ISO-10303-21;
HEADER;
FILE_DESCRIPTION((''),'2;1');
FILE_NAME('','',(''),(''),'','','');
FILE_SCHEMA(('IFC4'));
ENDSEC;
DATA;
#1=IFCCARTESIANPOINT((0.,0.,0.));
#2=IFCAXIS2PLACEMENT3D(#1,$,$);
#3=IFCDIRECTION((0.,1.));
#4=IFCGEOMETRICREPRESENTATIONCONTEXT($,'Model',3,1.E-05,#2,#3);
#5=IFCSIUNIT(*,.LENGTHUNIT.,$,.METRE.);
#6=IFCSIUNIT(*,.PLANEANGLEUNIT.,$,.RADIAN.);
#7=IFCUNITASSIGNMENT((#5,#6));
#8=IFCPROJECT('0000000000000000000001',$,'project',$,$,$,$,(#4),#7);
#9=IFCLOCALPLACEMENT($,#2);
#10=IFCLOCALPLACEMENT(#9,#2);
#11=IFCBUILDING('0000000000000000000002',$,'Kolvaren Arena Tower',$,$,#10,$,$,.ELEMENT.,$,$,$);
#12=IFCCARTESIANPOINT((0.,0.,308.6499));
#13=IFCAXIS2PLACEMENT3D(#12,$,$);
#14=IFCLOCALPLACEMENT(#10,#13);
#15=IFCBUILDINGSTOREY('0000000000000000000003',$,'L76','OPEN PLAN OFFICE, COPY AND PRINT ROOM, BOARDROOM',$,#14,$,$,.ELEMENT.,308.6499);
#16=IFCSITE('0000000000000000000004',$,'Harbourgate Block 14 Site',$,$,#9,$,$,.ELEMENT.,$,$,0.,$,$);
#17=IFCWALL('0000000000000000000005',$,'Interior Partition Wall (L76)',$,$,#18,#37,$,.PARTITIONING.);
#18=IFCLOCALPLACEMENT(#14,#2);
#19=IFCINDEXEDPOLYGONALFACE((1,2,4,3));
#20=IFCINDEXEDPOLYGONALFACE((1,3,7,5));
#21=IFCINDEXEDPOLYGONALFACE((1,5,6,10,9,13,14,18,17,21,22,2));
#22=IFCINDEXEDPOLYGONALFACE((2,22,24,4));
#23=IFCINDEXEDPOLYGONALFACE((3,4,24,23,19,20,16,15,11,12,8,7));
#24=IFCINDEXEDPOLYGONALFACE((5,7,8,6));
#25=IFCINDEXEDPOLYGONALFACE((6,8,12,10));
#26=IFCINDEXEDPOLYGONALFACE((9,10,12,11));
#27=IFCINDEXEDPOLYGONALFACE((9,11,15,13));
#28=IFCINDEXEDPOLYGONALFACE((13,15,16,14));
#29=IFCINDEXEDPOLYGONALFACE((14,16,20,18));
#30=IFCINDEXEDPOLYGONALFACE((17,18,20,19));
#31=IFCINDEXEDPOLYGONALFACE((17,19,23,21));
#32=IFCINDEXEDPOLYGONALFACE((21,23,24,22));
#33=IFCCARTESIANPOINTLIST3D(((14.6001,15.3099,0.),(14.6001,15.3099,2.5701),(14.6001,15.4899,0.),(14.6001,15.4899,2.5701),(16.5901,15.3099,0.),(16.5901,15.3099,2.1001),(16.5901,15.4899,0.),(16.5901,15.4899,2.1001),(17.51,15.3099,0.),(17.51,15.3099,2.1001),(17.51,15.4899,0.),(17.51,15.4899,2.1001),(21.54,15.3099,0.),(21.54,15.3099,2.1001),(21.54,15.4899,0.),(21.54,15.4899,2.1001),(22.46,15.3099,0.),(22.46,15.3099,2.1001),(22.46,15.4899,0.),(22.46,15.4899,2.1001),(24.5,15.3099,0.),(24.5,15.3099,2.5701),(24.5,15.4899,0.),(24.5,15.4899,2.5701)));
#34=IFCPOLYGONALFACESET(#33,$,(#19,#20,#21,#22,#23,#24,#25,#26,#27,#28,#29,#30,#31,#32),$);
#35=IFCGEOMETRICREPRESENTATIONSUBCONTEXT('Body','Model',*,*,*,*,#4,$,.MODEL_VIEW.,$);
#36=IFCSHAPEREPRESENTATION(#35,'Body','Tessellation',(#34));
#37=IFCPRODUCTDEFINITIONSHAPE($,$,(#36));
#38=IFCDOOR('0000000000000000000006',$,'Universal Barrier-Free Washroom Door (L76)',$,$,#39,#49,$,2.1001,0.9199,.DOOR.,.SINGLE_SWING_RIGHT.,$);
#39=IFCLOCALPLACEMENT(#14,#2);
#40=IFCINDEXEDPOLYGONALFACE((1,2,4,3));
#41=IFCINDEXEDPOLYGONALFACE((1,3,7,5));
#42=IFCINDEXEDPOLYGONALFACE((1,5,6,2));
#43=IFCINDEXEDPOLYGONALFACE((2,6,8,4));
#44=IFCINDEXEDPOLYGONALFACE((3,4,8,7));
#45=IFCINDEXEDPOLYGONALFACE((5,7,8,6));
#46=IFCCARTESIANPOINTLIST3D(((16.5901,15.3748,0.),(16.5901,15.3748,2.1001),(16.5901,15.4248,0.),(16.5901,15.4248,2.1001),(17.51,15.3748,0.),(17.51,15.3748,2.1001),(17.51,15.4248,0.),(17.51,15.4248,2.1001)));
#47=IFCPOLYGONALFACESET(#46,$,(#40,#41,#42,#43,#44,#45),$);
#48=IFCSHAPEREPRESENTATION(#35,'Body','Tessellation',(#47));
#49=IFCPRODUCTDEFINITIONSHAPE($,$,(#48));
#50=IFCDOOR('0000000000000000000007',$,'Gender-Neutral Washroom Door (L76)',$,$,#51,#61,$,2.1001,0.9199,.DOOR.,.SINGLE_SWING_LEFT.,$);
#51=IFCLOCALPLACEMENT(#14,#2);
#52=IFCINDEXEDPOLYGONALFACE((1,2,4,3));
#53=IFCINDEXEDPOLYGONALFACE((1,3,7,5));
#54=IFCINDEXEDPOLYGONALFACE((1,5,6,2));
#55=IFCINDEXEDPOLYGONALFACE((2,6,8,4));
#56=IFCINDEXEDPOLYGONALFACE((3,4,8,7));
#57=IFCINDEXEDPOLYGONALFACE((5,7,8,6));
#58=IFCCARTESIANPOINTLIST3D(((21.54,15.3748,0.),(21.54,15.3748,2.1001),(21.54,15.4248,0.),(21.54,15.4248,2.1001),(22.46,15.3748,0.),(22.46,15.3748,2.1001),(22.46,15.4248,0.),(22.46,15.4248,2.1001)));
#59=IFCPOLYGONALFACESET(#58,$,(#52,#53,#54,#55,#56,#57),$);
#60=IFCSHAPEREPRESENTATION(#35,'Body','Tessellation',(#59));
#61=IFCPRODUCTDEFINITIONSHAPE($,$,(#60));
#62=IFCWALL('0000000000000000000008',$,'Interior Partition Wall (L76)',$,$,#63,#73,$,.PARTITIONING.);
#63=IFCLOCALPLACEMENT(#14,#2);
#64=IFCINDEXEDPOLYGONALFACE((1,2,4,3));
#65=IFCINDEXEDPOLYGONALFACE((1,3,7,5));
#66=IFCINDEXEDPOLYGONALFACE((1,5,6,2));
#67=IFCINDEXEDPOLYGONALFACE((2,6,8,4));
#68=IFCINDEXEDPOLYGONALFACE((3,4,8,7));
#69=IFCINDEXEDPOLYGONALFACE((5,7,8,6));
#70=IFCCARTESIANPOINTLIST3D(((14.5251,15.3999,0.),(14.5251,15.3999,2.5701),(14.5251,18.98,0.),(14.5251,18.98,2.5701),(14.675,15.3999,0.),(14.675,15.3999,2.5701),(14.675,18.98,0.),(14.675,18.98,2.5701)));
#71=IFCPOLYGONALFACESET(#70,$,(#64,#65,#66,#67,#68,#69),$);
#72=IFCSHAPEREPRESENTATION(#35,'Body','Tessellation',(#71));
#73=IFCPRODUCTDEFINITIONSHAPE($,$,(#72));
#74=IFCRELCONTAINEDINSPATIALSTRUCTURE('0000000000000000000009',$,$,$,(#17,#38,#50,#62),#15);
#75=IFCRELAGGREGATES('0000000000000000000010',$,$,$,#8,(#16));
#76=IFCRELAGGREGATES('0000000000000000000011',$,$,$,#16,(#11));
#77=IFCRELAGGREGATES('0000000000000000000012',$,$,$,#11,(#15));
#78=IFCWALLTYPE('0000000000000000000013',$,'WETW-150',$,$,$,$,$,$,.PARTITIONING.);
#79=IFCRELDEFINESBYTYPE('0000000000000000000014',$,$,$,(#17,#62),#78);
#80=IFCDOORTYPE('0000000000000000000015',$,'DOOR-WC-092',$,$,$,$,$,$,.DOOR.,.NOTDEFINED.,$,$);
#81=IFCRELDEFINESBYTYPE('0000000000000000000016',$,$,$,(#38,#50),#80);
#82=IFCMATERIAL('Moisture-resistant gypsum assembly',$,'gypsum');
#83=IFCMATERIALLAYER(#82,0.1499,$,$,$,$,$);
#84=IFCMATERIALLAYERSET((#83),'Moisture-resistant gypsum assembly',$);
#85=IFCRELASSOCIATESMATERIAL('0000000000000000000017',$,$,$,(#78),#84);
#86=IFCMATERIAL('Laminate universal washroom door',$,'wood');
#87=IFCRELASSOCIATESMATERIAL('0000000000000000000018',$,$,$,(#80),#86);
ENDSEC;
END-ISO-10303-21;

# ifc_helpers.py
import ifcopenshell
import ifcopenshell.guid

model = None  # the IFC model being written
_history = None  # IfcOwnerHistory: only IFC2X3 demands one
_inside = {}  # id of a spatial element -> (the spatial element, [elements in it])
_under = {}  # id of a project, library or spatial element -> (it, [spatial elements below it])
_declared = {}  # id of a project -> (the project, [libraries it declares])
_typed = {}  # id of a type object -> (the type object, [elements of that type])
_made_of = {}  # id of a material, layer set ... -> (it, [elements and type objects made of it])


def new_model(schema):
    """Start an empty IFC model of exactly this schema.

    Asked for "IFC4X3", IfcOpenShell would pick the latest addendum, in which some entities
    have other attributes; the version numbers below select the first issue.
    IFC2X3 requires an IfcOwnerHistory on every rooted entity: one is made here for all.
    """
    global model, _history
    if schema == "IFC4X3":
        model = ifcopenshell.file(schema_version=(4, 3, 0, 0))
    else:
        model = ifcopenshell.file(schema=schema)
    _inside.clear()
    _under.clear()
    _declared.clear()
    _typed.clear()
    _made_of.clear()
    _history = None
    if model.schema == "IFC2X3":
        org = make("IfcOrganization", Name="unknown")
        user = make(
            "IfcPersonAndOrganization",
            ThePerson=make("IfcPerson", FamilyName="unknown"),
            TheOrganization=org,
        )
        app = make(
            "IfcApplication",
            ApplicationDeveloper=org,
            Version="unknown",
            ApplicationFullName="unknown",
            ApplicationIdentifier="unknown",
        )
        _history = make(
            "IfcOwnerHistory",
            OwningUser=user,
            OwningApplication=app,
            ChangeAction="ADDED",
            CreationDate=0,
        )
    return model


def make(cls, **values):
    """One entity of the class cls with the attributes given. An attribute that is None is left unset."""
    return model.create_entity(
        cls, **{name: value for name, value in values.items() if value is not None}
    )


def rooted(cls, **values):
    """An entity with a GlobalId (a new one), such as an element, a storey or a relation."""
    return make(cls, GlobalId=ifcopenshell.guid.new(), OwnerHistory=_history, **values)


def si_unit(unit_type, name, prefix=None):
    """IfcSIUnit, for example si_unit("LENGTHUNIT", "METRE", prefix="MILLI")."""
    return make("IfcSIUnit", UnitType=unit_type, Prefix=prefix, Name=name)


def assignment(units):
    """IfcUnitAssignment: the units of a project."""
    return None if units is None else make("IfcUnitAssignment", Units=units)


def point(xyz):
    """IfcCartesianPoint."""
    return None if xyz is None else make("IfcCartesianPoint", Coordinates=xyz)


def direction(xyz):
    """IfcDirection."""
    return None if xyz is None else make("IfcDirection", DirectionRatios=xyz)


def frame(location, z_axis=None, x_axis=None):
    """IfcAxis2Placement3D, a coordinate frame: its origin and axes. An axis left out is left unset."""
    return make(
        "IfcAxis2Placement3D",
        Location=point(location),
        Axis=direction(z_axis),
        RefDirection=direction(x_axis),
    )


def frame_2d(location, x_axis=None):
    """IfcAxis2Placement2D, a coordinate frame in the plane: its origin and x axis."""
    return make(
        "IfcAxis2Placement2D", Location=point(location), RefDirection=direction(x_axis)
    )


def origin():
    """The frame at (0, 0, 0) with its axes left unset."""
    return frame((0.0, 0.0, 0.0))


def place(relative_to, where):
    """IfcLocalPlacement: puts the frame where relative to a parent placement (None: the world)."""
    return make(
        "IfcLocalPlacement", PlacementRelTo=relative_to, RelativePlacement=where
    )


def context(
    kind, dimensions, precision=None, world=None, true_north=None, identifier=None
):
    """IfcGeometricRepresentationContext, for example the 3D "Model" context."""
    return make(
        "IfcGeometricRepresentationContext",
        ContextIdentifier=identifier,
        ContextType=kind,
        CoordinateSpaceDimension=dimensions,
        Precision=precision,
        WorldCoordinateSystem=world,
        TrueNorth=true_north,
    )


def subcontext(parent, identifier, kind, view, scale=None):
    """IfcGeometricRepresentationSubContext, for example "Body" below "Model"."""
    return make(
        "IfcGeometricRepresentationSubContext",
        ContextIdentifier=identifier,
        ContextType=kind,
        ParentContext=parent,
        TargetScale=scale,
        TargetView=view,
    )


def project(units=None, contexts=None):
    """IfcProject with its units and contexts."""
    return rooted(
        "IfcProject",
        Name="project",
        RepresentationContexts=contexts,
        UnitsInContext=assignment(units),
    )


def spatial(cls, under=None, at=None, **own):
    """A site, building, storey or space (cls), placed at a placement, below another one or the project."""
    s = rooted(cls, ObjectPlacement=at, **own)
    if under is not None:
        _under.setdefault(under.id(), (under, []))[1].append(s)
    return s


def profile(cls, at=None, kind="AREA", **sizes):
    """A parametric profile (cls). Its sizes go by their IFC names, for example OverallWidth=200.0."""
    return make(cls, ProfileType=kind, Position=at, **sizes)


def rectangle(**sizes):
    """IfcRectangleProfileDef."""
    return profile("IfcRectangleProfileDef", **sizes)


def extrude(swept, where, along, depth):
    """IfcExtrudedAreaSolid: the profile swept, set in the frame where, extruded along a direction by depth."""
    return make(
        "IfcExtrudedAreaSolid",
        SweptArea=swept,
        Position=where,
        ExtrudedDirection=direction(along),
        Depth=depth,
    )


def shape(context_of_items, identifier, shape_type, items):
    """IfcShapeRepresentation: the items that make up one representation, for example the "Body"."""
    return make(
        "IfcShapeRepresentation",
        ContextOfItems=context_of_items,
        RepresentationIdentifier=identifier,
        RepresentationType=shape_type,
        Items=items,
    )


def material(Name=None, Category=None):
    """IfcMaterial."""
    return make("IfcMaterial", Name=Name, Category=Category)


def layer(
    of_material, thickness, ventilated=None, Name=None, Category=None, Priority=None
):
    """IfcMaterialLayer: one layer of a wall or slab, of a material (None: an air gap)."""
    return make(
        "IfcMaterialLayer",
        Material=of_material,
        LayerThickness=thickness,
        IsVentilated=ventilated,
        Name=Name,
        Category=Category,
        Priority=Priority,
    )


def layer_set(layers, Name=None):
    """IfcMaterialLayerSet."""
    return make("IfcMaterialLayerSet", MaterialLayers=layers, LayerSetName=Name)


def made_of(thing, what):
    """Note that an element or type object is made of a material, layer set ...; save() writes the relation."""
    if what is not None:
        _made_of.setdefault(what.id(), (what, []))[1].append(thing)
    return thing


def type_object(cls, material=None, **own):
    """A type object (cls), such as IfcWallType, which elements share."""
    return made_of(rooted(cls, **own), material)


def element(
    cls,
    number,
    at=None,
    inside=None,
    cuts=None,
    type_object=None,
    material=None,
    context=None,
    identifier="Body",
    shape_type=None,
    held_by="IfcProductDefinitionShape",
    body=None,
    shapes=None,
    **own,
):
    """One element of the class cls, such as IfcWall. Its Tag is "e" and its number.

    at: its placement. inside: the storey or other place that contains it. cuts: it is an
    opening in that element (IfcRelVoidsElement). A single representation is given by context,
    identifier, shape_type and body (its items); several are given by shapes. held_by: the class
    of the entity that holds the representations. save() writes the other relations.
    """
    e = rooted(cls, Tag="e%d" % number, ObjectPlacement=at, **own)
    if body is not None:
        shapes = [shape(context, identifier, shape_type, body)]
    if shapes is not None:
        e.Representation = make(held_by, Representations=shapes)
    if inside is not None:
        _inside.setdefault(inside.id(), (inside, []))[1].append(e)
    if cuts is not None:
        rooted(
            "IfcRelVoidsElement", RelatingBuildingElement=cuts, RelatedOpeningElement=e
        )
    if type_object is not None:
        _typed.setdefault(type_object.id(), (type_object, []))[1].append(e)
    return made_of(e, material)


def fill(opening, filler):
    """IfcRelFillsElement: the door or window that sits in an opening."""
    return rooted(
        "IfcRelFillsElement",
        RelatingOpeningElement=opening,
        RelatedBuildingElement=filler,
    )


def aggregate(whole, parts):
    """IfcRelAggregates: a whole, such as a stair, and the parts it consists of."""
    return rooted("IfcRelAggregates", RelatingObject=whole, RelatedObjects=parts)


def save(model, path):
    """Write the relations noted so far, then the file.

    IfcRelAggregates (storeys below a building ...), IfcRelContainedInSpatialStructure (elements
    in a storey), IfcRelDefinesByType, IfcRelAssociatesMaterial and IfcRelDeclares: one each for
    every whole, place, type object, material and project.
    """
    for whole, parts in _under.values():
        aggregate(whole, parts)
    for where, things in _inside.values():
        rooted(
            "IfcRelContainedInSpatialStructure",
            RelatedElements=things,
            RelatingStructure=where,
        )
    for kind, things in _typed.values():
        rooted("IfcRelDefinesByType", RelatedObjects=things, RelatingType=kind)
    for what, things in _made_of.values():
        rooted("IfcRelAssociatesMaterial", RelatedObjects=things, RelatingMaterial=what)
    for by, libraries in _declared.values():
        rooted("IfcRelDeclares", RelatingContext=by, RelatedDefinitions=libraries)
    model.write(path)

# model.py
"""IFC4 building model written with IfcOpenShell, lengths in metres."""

from ifc_helpers import new_model, si_unit, direction, frame, frame_2d, origin, place, context, subcontext, project, spatial, rectangle, extrude, material, layer, layer_set, type_object, element, fill, save


model = new_model("IFC4")

# Units and contexts
model_context = context("Model", 3, precision=1e-05, world=origin(), true_north=direction((0.0, 1.0)))
body_context = subcontext(model_context, "Body", "Model", "MODEL_VIEW")
ifc_project = project(units=[si_unit("LENGTHUNIT", "METRE"), si_unit("PLANEANGLEUNIT", "RADIAN")], contexts=[model_context])

# Site, building, storey
site_placement = place(None, origin())
site = spatial("IfcSite", under=ifc_project, at=site_placement, Name="Harbourgate Block 14 Site", CompositionType="ELEMENT", RefElevation=0.0)
building_placement = place(site_placement, origin())
building = spatial("IfcBuilding", under=site, at=building_placement, Name="Kolvaren Arena Tower", CompositionType="ELEMENT")
storey_placement = place(building_placement, frame((0.0, 0.0, 308.6499)))
storey = spatial("IfcBuildingStorey", under=building, at=storey_placement, Name="L76", Description="OPEN PLAN OFFICE, COPY AND PRINT ROOM, BOARDROOM", CompositionType="ELEMENT", Elevation=308.6499)

# Wall, openings, doors
ifc_material_1 = material(Name="Moisture-resistant gypsum assembly", Category="gypsum")
ifc_layer_1 = layer(ifc_material_1, 0.1499)
ifc_layer_set_1 = layer_set([ifc_layer_1], Name="Moisture-resistant gypsum assembly")
wall_type_1 = type_object("IfcWallType", Name="WETW-150", PredefinedType="PARTITIONING", material=ifc_layer_set_1)
wall_1_placement = place(storey_placement, frame((14.6001, 15.3999, 0.0), z_axis=(0.0, 0.0, 1.0), x_axis=(1.0, 0.0, 0.0)))
wall_1 = element("IfcWall", 1, at=wall_1_placement, inside=storey, type_object=wall_type_1, Name="Interior Partition Wall (L76)", PredefinedType="PARTITIONING", context=body_context, shape_type="SweptSolid", body=[
    extrude(rectangle(XDim=9.8999, YDim=0.1799, at=frame_2d((4.95, 0.0))), origin(), (0.0, 0.0, 1.0), 2.5701),
])
opening_1_placement = place(wall_1_placement, frame((1.99, 0.0, 0.0)))
opening_1 = element("IfcOpeningElement", 2, at=opening_1_placement, cuts=wall_1, PredefinedType="OPENING", context=body_context, shape_type="SweptSolid", body=[
    extrude(rectangle(XDim=0.9199, YDim=2.1001, at=frame_2d((0.46, 1.05))), frame((0.0, 0.0999, 0.0), z_axis=(0.0, -1.0, 0.0), x_axis=(1.0, 0.0, 0.0)), (0.0, 0.0, 1.0), 0.2),
])
opening_2_placement = place(wall_1_placement, frame((6.9399, 0.0, 0.0)))
opening_2 = element("IfcOpeningElement", 3, at=opening_2_placement, cuts=wall_1, PredefinedType="OPENING", context=body_context, shape_type="SweptSolid", body=[
    extrude(rectangle(XDim=0.9199, YDim=2.1001, at=frame_2d((0.46, 1.05))), frame((0.0, 0.0999, 0.0), z_axis=(0.0, -1.0, 0.0), x_axis=(1.0, 0.0, 0.0)), (0.0, 0.0, 1.0), 0.2),
])
ifc_material_2 = material(Name="Laminate universal washroom door", Category="wood")
door_type_1 = type_object("IfcDoorType", Name="DOOR-WC-092", OperationType="NOTDEFINED", PredefinedType="DOOR", material=ifc_material_2)
door_1_placement = place(opening_1_placement, origin())
door_1 = element("IfcDoor", 4, at=door_1_placement, inside=storey, type_object=door_type_1, Name="Universal Barrier-Free Washroom Door (L76)", OperationType="SINGLE_SWING_RIGHT", OverallHeight=2.1001, OverallWidth=0.9199, PredefinedType="DOOR", context=body_context, shape_type="SweptSolid", body=[
    extrude(rectangle(XDim=0.9199, YDim=2.1001, at=frame_2d((0.46, 1.05))), frame((0.0, 0.0249, 0.0), z_axis=(0.0, -1.0, 0.0), x_axis=(1.0, 0.0, 0.0)), (0.0, 0.0, 1.0), 0.05),
])
fill(opening_1, door_1)
door_2_placement = place(opening_2_placement, origin())
door_2 = element("IfcDoor", 5, at=door_2_placement, inside=storey, type_object=door_type_1, Name="Gender-Neutral Washroom Door (L76)", OperationType="SINGLE_SWING_LEFT", OverallHeight=2.1001, OverallWidth=0.9199, PredefinedType="DOOR", context=body_context, shape_type="SweptSolid", body=[
    extrude(rectangle(XDim=0.9199, YDim=2.1001, at=frame_2d((0.46, 1.05))), frame((0.0, 0.0249, 0.0), z_axis=(0.0, -1.0, 0.0), x_axis=(1.0, 0.0, 0.0)), (0.0, 0.0, 1.0), 0.05),
])
fill(opening_2, door_2)

# Wall
wall_2_placement = place(storey_placement, frame((14.6001, 15.3999, 0.0), z_axis=(0.0, 0.0, 1.0), x_axis=(0.0, 1.0, 0.0)))
element("IfcWall", 6, at=wall_2_placement, inside=storey, type_object=wall_type_1, Name="Interior Partition Wall (L76)", PredefinedType="PARTITIONING", context=body_context, shape_type="SweptSolid", body=[
    extrude(rectangle(XDim=3.5801, YDim=0.1499, at=frame_2d((1.79, 0.0))), origin(), (0.0, 0.0, 1.0), 2.5701),
])

save(model, "model.ifc")
